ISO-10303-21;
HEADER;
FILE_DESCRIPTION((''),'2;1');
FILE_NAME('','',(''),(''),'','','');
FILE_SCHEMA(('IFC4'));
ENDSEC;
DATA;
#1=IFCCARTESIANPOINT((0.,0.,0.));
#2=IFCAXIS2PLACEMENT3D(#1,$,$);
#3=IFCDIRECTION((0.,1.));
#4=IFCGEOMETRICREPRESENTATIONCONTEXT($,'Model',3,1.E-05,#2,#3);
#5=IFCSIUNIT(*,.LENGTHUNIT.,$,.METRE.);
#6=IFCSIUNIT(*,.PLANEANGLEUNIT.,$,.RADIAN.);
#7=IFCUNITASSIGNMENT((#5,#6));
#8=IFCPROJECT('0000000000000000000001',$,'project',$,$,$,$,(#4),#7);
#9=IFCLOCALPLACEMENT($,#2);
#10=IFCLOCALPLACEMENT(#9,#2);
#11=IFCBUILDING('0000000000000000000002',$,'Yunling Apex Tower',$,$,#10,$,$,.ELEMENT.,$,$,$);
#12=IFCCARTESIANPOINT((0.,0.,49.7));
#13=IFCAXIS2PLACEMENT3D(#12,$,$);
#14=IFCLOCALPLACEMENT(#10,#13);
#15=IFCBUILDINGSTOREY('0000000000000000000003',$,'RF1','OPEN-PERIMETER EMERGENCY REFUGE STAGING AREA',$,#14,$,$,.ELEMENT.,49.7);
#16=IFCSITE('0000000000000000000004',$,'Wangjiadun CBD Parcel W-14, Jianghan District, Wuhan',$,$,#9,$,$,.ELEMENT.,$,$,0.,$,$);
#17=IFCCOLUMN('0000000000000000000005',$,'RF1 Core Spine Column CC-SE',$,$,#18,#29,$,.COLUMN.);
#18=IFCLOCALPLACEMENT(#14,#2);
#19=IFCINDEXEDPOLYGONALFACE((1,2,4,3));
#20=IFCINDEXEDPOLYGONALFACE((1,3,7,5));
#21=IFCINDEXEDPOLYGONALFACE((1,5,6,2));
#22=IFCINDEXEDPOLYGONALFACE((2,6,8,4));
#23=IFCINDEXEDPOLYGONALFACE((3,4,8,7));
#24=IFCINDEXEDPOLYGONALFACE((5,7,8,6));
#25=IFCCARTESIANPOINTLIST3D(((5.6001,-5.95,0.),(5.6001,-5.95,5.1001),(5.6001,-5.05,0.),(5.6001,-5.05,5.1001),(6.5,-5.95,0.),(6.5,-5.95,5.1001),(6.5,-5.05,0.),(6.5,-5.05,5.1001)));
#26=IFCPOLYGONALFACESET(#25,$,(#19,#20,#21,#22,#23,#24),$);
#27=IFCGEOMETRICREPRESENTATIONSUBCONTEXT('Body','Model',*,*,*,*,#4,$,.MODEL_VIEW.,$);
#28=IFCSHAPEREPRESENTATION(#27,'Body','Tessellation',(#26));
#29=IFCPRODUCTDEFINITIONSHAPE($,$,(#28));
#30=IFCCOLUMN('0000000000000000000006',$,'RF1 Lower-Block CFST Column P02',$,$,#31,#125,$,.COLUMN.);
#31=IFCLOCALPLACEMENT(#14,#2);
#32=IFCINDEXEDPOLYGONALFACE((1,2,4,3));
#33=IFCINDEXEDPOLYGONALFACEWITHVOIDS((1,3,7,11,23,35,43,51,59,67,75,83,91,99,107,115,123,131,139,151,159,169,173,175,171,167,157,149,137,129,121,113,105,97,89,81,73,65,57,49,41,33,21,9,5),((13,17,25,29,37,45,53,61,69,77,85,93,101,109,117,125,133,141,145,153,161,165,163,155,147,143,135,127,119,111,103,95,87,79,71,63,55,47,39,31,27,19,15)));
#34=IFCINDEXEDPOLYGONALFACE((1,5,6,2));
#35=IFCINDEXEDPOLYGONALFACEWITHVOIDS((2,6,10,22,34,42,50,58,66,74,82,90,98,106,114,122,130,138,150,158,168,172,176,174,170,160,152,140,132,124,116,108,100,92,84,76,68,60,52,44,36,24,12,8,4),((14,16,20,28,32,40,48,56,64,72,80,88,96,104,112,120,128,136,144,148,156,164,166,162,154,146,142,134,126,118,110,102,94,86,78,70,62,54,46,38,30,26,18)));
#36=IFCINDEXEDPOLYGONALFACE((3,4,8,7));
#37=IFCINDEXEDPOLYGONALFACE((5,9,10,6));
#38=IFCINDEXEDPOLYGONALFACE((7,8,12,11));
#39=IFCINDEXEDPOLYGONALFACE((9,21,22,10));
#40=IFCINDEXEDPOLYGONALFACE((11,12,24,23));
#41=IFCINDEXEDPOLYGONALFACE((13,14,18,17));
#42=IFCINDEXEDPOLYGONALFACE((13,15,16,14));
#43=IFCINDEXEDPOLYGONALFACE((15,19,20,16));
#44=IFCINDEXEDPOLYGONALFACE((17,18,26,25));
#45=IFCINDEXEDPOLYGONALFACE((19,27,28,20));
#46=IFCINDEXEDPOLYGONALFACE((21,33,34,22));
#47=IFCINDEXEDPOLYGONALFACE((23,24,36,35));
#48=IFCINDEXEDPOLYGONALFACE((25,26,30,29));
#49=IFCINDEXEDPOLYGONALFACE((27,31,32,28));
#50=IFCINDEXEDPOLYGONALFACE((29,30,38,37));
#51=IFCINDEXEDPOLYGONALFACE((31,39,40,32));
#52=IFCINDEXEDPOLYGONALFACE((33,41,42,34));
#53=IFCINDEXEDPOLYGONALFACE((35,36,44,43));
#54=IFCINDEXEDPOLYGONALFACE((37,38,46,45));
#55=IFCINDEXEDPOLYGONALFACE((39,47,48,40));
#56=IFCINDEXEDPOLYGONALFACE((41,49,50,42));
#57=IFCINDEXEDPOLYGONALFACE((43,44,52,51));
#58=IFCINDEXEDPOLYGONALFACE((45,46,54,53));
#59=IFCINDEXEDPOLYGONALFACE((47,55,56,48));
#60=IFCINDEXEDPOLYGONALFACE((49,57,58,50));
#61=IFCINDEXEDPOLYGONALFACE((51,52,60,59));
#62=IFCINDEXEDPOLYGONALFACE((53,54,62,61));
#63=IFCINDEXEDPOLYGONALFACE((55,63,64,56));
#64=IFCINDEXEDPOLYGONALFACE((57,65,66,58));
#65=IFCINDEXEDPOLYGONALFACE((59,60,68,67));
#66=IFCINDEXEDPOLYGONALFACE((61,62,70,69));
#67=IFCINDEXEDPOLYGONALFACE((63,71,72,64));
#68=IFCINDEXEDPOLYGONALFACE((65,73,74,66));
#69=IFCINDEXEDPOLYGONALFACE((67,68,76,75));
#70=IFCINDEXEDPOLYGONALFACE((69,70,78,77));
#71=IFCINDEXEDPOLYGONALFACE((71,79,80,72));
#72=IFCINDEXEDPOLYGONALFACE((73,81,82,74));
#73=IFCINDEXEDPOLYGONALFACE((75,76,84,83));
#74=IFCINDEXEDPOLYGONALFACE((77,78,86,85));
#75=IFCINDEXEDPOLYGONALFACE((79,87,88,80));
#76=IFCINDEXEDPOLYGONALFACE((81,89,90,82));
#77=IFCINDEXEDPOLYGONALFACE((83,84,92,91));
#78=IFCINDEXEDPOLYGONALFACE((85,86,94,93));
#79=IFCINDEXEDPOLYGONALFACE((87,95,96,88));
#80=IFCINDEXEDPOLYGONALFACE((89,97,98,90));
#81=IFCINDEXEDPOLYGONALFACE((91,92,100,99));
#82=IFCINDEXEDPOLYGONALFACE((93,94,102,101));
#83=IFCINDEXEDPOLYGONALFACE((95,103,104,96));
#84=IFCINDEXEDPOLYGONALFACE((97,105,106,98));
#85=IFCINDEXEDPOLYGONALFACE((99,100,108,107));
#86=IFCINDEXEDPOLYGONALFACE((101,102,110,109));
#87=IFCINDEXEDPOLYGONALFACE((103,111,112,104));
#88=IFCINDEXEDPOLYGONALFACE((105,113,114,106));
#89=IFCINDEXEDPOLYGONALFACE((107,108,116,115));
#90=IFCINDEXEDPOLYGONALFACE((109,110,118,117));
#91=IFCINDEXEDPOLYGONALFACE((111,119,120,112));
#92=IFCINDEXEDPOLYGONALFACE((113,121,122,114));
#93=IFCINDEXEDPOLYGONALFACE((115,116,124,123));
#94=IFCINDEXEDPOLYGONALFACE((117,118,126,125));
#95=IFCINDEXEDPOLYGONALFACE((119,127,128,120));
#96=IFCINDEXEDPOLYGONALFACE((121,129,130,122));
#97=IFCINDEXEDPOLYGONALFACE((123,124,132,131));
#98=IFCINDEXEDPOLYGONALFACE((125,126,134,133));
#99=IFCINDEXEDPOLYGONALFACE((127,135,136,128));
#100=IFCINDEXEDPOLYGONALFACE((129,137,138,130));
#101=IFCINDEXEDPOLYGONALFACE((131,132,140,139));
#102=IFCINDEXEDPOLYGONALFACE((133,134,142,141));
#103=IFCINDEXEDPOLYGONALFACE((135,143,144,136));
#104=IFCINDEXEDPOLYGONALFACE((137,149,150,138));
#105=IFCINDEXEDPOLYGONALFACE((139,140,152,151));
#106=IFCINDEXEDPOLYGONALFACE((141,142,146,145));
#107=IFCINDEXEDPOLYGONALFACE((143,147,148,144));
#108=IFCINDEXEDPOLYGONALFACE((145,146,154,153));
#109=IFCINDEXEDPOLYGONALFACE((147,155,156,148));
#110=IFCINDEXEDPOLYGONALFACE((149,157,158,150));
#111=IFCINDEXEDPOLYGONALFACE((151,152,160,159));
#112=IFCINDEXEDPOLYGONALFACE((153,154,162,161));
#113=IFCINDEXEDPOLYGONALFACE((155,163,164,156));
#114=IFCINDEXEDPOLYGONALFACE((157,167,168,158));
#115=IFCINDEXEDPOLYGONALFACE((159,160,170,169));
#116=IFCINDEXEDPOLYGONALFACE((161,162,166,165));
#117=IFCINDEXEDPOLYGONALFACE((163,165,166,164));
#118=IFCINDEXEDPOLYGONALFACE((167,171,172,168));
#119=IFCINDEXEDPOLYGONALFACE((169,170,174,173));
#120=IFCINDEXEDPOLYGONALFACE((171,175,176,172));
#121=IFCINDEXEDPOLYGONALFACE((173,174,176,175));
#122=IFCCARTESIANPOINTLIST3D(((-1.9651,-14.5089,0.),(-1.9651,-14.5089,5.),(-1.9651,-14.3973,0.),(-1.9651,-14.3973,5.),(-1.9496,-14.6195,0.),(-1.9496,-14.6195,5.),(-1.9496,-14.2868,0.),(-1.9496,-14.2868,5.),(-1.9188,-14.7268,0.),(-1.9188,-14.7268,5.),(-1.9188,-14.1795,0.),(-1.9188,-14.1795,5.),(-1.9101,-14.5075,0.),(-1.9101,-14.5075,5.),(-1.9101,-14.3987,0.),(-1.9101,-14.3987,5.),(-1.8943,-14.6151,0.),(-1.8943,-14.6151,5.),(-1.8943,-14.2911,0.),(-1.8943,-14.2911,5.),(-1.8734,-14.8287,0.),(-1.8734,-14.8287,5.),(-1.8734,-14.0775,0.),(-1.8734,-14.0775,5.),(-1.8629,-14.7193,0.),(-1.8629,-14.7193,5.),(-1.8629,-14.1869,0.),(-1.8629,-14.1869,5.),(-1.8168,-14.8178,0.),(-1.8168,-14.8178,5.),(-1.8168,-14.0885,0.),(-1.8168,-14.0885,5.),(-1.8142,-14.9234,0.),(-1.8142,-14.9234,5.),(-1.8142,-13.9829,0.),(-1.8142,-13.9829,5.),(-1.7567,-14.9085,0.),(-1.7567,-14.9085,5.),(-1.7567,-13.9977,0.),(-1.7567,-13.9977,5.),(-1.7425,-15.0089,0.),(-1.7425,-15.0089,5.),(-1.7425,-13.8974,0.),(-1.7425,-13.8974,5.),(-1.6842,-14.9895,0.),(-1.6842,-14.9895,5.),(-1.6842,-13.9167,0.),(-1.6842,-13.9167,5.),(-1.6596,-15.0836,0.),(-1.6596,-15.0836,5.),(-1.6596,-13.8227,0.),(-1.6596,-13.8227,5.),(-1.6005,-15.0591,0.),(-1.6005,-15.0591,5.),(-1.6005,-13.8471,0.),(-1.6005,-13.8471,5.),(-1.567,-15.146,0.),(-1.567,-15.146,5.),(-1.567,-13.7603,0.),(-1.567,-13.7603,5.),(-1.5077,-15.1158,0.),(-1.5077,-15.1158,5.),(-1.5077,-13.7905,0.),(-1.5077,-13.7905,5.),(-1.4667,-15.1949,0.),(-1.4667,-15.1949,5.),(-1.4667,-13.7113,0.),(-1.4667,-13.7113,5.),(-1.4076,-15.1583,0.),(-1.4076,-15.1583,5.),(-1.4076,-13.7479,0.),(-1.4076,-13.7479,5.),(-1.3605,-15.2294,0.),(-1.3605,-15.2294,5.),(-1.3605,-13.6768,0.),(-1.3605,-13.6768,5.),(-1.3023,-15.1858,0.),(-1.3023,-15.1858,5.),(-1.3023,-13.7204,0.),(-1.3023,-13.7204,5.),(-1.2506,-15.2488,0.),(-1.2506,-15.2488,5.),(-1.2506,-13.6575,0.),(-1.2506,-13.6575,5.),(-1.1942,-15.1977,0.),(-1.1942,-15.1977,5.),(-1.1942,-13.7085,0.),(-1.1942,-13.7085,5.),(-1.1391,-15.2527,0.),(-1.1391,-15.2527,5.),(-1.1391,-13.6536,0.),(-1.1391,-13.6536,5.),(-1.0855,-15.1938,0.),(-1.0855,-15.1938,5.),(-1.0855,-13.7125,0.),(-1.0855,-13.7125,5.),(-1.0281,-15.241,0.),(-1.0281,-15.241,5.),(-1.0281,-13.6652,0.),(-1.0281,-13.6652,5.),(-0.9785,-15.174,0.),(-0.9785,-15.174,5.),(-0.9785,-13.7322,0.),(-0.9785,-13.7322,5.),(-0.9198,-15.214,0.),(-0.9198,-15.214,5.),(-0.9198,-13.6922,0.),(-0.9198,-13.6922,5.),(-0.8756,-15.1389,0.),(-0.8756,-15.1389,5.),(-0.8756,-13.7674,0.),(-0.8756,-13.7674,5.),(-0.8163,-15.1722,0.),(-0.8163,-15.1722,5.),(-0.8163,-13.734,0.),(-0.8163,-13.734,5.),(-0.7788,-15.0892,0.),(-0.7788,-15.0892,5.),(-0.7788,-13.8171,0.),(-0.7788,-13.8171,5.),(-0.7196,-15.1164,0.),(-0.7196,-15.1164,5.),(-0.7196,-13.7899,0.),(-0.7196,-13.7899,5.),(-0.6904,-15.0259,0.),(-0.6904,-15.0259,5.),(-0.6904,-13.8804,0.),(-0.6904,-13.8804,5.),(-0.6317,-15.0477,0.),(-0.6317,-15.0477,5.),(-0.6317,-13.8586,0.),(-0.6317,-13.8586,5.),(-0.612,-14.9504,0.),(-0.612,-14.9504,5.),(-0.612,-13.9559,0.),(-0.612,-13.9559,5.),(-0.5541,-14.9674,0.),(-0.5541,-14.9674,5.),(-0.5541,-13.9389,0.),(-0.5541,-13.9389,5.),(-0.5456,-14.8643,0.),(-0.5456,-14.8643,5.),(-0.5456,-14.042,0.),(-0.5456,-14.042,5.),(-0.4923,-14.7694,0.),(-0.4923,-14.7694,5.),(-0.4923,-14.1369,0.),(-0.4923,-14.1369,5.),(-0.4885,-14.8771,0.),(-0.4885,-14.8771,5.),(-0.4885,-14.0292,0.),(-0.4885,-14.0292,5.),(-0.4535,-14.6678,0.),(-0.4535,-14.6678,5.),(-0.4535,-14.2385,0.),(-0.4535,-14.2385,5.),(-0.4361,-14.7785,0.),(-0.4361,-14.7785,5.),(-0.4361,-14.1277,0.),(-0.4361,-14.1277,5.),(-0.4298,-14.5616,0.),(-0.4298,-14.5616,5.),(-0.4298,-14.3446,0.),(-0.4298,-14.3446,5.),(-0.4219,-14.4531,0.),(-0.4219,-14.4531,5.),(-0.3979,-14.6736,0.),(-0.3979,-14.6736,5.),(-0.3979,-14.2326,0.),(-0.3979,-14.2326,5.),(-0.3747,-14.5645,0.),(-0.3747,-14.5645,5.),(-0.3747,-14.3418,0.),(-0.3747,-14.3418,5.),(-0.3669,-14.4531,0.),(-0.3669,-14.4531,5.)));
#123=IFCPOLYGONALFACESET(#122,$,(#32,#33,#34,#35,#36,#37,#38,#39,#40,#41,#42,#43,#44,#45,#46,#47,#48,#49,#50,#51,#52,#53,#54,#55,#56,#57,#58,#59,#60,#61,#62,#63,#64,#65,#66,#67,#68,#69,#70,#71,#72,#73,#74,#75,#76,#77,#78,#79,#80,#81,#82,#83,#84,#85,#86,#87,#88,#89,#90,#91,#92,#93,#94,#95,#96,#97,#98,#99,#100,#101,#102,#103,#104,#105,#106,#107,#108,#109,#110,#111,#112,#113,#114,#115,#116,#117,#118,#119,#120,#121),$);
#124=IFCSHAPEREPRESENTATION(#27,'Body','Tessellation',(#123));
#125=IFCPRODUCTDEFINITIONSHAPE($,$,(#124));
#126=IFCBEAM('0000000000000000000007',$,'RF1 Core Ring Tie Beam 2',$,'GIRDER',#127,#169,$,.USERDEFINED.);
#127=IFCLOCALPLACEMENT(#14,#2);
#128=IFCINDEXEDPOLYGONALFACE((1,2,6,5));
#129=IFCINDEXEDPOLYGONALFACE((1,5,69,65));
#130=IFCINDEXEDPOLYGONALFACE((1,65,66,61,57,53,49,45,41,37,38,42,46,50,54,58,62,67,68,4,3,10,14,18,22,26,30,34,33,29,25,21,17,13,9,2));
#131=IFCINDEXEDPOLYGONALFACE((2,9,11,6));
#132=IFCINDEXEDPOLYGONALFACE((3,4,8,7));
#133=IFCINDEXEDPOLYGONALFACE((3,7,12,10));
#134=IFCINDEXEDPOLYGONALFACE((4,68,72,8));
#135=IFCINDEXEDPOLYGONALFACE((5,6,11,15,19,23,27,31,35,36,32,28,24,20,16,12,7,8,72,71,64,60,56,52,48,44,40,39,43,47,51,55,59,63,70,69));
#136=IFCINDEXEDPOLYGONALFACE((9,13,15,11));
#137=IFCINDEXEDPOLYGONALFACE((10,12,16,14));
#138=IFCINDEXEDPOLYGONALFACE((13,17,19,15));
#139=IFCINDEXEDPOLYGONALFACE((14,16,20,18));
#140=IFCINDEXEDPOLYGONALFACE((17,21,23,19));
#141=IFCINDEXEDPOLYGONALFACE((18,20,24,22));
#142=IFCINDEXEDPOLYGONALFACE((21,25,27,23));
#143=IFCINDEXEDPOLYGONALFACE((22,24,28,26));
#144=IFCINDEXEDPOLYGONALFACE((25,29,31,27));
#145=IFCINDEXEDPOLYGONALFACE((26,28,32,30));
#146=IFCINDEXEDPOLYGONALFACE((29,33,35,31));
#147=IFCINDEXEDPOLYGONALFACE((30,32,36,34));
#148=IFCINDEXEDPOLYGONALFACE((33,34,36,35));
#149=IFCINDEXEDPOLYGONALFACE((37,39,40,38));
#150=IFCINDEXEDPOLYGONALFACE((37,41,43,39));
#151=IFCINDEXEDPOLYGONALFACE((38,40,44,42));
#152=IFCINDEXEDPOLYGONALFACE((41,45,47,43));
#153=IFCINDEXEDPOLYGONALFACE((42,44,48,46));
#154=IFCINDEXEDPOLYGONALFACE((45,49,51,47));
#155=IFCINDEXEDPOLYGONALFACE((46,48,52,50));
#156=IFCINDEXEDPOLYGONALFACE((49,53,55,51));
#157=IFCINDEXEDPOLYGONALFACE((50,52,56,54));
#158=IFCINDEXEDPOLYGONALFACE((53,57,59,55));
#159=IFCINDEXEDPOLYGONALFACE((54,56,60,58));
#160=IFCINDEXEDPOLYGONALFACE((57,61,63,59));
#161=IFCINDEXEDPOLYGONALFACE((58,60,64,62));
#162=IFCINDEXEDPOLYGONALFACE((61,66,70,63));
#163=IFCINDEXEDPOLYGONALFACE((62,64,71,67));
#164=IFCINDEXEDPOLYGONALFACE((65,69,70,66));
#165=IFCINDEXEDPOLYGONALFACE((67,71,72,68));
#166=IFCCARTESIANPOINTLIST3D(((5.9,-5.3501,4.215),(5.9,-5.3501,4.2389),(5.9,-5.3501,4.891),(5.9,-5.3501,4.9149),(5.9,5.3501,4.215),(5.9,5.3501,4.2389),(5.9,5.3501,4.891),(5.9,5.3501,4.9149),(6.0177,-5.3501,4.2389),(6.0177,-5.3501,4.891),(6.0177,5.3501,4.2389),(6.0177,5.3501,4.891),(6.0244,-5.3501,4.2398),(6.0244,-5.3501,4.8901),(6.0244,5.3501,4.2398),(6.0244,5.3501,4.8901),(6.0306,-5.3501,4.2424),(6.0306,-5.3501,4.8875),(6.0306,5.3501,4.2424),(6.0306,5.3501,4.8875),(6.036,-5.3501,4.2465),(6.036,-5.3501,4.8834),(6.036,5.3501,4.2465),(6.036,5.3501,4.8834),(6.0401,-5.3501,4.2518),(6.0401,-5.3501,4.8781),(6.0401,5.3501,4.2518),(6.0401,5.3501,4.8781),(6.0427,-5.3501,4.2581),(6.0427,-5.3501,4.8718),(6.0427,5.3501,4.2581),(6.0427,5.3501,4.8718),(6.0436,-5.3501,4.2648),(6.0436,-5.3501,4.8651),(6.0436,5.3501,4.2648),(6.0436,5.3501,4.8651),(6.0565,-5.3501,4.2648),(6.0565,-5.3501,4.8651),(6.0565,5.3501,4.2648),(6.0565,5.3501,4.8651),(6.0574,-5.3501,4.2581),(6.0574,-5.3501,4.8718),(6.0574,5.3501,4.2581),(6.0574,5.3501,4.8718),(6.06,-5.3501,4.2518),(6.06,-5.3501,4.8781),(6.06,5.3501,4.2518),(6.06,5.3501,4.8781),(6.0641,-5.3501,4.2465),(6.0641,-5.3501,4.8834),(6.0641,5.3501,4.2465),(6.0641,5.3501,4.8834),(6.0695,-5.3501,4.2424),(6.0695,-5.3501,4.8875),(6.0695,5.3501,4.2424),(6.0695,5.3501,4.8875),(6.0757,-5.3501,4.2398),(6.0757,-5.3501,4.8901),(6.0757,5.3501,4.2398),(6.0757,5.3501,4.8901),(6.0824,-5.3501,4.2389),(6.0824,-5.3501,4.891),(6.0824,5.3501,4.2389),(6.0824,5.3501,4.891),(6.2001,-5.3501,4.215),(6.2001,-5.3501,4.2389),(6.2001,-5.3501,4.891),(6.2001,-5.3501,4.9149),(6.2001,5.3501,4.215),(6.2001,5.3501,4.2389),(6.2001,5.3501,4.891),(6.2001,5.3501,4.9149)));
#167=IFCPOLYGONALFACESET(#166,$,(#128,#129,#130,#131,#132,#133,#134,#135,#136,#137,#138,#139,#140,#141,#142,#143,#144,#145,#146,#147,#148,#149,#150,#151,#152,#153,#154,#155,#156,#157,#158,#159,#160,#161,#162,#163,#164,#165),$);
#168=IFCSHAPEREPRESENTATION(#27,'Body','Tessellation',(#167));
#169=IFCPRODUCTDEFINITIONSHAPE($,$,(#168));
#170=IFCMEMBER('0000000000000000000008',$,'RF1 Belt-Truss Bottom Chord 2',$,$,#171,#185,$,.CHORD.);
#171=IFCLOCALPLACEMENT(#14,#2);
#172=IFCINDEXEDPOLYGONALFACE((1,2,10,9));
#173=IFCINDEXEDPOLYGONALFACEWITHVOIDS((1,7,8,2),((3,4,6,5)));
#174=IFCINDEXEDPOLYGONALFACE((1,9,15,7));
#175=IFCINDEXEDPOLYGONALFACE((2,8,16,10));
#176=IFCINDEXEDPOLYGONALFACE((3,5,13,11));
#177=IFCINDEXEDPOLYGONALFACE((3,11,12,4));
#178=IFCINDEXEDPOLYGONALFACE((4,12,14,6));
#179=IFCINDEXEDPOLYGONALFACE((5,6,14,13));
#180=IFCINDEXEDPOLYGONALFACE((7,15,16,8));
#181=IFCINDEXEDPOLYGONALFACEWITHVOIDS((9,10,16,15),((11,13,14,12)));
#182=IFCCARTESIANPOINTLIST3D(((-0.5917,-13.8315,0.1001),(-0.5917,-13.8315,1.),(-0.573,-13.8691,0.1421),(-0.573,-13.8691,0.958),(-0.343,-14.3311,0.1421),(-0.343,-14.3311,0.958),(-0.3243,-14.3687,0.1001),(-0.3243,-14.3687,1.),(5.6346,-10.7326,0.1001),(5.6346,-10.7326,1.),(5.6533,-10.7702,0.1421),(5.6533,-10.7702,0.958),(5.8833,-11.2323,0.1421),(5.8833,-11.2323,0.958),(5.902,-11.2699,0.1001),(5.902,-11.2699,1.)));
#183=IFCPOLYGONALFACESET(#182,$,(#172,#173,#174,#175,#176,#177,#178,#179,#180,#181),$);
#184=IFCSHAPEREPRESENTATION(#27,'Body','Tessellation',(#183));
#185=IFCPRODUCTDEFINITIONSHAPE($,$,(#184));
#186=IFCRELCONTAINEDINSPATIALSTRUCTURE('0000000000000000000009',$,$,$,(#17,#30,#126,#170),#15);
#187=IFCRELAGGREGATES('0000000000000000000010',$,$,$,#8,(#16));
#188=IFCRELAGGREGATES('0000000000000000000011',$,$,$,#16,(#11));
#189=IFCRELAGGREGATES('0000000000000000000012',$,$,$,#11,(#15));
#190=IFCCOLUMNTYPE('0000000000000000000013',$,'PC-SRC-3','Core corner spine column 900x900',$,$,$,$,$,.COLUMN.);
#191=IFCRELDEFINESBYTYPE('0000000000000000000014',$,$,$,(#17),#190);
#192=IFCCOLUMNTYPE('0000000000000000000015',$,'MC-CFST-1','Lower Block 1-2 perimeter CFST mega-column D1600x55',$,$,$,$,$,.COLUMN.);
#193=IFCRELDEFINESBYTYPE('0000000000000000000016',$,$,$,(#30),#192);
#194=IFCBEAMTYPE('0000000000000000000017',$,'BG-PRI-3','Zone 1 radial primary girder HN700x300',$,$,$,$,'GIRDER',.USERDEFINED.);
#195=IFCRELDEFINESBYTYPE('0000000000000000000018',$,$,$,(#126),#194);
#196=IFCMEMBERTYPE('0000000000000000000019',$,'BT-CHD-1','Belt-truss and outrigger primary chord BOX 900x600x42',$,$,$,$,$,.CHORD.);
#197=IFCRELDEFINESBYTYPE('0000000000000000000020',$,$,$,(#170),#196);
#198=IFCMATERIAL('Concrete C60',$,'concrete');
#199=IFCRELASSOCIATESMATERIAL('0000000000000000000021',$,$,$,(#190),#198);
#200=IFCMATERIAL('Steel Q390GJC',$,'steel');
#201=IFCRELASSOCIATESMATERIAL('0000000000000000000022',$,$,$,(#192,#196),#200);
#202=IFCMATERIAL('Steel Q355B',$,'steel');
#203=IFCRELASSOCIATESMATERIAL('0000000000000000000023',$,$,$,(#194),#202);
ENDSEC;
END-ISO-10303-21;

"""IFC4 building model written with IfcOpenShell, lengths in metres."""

from ifc_helpers import new_model, si_unit, direction, frame, origin, origin_2d, place, context, subcontext, project, spatial, rectangle, hollow_rectangle, hollow_circle, i_section, extrude, source, transform, mapped, material, material_profile, profile_set, type_object, element, save


model = new_model("IFC4")

# Units and contexts
model_context = context("Model", 3, precision=1e-05, world=origin(), true_north=direction((0.0, 1.0)))
body_context = subcontext(model_context, "Body", "Model", "MODEL_VIEW")
ifc_project = project(units=[si_unit("LENGTHUNIT", "METRE"), si_unit("PLANEANGLEUNIT", "RADIAN")], contexts=[model_context])

# Site, building, storey
site_placement = place(None, origin())
site = spatial("IfcSite", under=ifc_project, at=site_placement, Name="Wangjiadun CBD Parcel W-14, Jianghan District, Wuhan", CompositionType="ELEMENT", RefElevation=0.0)
building_placement = place(site_placement, origin())
building = spatial("IfcBuilding", under=site, at=building_placement, Name="Yunling Apex Tower", CompositionType="ELEMENT")
storey_placement = place(building_placement, frame((0.0, 0.0, 49.7)))
storey = spatial("IfcBuildingStorey", under=building, at=storey_placement, Name="RF1", Description="OPEN-PERIMETER EMERGENCY REFUGE STAGING AREA", CompositionType="ELEMENT", Elevation=49.7)

# Columns
ifc_material_1 = material(Name="Concrete C60", Category="concrete")
ifc_material_profile_1 = material_profile(ifc_material_1, rectangle(XDim=0.8999, YDim=0.8999, at=origin_2d()))
ifc_profile_set_1 = profile_set([ifc_material_profile_1], Name="Concrete C60")
column_type_1 = type_object("IfcColumnType", Name="PC-SRC-3", Description="Core corner spine column 900x900", PredefinedType="COLUMN", material=ifc_profile_set_1)
shared_shape_1 = source(origin(), body_context, "Body", "SweptSolid", [
    extrude(rectangle(XDim=0.8999, YDim=0.8999, at=origin_2d()), origin(), (0.0, 0.0, 1.0), 5.1001),
])
column_1_placement = place(storey_placement, frame((6.05, -5.5, 0.0), z_axis=(0.0, 0.0, 1.0), x_axis=(1.0, 0.0, 0.0)))
element("IfcColumn", 1, at=column_1_placement, inside=storey, type_object=column_type_1, Name="RF1 Core Spine Column CC-SE", PredefinedType="COLUMN", context=body_context, shape_type="MappedRepresentation", body=[
    mapped(shared_shape_1, transform((0.0, 0.0, 0.0), scale=1.0)),
])
ifc_material_2 = material(Name="Steel Q390GJC", Category="steel")
ifc_material_profile_2 = material_profile(ifc_material_2, hollow_circle(Radius=0.8, WallThickness=0.0549, at=origin_2d()))
ifc_profile_set_2 = profile_set([ifc_material_profile_2], Name="Steel Q390GJC")
column_type_2 = type_object("IfcColumnType", Name="MC-CFST-1", Description="Lower Block 1-2 perimeter CFST mega-column D1600x55", PredefinedType="COLUMN", material=ifc_profile_set_2)
shared_shape_2 = source(origin(), body_context, "Body", "SweptSolid", [
    extrude(hollow_circle(Radius=0.8, WallThickness=0.0549, at=origin_2d()), origin(), (0.0, 0.0, 1.0), 5.0),
])
column_2_placement = place(storey_placement, frame((-1.167, -14.4531, 0.0), z_axis=(0.0, 0.0, 1.0), x_axis=(1.0, 0.0, 0.0)))
element("IfcColumn", 2, at=column_2_placement, inside=storey, type_object=column_type_2, Name="RF1 Lower-Block CFST Column P02", PredefinedType="COLUMN", context=body_context, shape_type="MappedRepresentation", body=[
    mapped(shared_shape_2, transform((0.0, 0.0, 0.0), scale=1.0)),
])

# Beam
ifc_material_3 = material(Name="Steel Q355B", Category="steel")
ifc_material_profile_3 = material_profile(ifc_material_3, i_section(OverallWidth=0.3, OverallDepth=0.7, WebThickness=0.0129, FlangeThickness=0.0239, FilletRadius=0.0259, at=origin_2d()))
ifc_profile_set_3 = profile_set([ifc_material_profile_3], Name="Steel Q355B")
beam_type_1 = type_object("IfcBeamType", Name="BG-PRI-3", Description="Zone 1 radial primary girder HN700x300", ElementType="GIRDER", PredefinedType="USERDEFINED", material=ifc_profile_set_3)
shared_shape_3 = source(origin(), body_context, "Body", "SweptSolid", [
    extrude(i_section(OverallWidth=0.3, OverallDepth=0.7, WebThickness=0.0129, FlangeThickness=0.0239, FilletRadius=0.0259, at=origin_2d()), origin(), (0.0, 0.0, 1.0), 10.7002),
])
beam_1_placement = place(storey_placement, frame((6.05, -5.3501, 4.5649), z_axis=(0.0, 1.0, 0.0), x_axis=(-1.0, 0.0, 0.0)))
element("IfcBeam", 3, at=beam_1_placement, inside=storey, type_object=beam_type_1, Name="RF1 Core Ring Tie Beam 2", ObjectType="GIRDER", PredefinedType="USERDEFINED", context=body_context, shape_type="MappedRepresentation", body=[
    mapped(shared_shape_3, transform((0.0, 0.0, 0.0), scale=1.0)),
])

# Member
ifc_material_profile_4 = material_profile(ifc_material_2, hollow_rectangle(XDim=0.6001, YDim=0.8999, WallThickness=0.042, at=origin_2d()))
ifc_profile_set_4 = profile_set([ifc_material_profile_4], Name="Steel Q390GJC")
member_type_1 = type_object("IfcMemberType", Name="BT-CHD-1", Description="Belt-truss and outrigger primary chord BOX 900x600x42", PredefinedType="CHORD", material=ifc_profile_set_4)
shared_shape_4 = source(origin(), body_context, "Body", "SweptSolid", [
    extrude(hollow_rectangle(XDim=0.6001, YDim=0.8999, WallThickness=0.042, at=origin_2d()), origin(), (0.0, 0.0, 1.0), 6.9548),
])
member_1_placement = place(storey_placement, frame((-0.458, -14.1001, 0.55), z_axis=(0.895247, 0.44557, 0.0), x_axis=(-0.44557, 0.895247, 0.0)))
element("IfcMember", 4, at=member_1_placement, inside=storey, type_object=member_type_1, Name="RF1 Belt-Truss Bottom Chord 2", PredefinedType="CHORD", context=body_context, shape_type="MappedRepresentation", body=[
    mapped(shared_shape_4, transform((0.0, 0.0, 0.0), scale=1.0)),
])

save(model, "model.ifc")
